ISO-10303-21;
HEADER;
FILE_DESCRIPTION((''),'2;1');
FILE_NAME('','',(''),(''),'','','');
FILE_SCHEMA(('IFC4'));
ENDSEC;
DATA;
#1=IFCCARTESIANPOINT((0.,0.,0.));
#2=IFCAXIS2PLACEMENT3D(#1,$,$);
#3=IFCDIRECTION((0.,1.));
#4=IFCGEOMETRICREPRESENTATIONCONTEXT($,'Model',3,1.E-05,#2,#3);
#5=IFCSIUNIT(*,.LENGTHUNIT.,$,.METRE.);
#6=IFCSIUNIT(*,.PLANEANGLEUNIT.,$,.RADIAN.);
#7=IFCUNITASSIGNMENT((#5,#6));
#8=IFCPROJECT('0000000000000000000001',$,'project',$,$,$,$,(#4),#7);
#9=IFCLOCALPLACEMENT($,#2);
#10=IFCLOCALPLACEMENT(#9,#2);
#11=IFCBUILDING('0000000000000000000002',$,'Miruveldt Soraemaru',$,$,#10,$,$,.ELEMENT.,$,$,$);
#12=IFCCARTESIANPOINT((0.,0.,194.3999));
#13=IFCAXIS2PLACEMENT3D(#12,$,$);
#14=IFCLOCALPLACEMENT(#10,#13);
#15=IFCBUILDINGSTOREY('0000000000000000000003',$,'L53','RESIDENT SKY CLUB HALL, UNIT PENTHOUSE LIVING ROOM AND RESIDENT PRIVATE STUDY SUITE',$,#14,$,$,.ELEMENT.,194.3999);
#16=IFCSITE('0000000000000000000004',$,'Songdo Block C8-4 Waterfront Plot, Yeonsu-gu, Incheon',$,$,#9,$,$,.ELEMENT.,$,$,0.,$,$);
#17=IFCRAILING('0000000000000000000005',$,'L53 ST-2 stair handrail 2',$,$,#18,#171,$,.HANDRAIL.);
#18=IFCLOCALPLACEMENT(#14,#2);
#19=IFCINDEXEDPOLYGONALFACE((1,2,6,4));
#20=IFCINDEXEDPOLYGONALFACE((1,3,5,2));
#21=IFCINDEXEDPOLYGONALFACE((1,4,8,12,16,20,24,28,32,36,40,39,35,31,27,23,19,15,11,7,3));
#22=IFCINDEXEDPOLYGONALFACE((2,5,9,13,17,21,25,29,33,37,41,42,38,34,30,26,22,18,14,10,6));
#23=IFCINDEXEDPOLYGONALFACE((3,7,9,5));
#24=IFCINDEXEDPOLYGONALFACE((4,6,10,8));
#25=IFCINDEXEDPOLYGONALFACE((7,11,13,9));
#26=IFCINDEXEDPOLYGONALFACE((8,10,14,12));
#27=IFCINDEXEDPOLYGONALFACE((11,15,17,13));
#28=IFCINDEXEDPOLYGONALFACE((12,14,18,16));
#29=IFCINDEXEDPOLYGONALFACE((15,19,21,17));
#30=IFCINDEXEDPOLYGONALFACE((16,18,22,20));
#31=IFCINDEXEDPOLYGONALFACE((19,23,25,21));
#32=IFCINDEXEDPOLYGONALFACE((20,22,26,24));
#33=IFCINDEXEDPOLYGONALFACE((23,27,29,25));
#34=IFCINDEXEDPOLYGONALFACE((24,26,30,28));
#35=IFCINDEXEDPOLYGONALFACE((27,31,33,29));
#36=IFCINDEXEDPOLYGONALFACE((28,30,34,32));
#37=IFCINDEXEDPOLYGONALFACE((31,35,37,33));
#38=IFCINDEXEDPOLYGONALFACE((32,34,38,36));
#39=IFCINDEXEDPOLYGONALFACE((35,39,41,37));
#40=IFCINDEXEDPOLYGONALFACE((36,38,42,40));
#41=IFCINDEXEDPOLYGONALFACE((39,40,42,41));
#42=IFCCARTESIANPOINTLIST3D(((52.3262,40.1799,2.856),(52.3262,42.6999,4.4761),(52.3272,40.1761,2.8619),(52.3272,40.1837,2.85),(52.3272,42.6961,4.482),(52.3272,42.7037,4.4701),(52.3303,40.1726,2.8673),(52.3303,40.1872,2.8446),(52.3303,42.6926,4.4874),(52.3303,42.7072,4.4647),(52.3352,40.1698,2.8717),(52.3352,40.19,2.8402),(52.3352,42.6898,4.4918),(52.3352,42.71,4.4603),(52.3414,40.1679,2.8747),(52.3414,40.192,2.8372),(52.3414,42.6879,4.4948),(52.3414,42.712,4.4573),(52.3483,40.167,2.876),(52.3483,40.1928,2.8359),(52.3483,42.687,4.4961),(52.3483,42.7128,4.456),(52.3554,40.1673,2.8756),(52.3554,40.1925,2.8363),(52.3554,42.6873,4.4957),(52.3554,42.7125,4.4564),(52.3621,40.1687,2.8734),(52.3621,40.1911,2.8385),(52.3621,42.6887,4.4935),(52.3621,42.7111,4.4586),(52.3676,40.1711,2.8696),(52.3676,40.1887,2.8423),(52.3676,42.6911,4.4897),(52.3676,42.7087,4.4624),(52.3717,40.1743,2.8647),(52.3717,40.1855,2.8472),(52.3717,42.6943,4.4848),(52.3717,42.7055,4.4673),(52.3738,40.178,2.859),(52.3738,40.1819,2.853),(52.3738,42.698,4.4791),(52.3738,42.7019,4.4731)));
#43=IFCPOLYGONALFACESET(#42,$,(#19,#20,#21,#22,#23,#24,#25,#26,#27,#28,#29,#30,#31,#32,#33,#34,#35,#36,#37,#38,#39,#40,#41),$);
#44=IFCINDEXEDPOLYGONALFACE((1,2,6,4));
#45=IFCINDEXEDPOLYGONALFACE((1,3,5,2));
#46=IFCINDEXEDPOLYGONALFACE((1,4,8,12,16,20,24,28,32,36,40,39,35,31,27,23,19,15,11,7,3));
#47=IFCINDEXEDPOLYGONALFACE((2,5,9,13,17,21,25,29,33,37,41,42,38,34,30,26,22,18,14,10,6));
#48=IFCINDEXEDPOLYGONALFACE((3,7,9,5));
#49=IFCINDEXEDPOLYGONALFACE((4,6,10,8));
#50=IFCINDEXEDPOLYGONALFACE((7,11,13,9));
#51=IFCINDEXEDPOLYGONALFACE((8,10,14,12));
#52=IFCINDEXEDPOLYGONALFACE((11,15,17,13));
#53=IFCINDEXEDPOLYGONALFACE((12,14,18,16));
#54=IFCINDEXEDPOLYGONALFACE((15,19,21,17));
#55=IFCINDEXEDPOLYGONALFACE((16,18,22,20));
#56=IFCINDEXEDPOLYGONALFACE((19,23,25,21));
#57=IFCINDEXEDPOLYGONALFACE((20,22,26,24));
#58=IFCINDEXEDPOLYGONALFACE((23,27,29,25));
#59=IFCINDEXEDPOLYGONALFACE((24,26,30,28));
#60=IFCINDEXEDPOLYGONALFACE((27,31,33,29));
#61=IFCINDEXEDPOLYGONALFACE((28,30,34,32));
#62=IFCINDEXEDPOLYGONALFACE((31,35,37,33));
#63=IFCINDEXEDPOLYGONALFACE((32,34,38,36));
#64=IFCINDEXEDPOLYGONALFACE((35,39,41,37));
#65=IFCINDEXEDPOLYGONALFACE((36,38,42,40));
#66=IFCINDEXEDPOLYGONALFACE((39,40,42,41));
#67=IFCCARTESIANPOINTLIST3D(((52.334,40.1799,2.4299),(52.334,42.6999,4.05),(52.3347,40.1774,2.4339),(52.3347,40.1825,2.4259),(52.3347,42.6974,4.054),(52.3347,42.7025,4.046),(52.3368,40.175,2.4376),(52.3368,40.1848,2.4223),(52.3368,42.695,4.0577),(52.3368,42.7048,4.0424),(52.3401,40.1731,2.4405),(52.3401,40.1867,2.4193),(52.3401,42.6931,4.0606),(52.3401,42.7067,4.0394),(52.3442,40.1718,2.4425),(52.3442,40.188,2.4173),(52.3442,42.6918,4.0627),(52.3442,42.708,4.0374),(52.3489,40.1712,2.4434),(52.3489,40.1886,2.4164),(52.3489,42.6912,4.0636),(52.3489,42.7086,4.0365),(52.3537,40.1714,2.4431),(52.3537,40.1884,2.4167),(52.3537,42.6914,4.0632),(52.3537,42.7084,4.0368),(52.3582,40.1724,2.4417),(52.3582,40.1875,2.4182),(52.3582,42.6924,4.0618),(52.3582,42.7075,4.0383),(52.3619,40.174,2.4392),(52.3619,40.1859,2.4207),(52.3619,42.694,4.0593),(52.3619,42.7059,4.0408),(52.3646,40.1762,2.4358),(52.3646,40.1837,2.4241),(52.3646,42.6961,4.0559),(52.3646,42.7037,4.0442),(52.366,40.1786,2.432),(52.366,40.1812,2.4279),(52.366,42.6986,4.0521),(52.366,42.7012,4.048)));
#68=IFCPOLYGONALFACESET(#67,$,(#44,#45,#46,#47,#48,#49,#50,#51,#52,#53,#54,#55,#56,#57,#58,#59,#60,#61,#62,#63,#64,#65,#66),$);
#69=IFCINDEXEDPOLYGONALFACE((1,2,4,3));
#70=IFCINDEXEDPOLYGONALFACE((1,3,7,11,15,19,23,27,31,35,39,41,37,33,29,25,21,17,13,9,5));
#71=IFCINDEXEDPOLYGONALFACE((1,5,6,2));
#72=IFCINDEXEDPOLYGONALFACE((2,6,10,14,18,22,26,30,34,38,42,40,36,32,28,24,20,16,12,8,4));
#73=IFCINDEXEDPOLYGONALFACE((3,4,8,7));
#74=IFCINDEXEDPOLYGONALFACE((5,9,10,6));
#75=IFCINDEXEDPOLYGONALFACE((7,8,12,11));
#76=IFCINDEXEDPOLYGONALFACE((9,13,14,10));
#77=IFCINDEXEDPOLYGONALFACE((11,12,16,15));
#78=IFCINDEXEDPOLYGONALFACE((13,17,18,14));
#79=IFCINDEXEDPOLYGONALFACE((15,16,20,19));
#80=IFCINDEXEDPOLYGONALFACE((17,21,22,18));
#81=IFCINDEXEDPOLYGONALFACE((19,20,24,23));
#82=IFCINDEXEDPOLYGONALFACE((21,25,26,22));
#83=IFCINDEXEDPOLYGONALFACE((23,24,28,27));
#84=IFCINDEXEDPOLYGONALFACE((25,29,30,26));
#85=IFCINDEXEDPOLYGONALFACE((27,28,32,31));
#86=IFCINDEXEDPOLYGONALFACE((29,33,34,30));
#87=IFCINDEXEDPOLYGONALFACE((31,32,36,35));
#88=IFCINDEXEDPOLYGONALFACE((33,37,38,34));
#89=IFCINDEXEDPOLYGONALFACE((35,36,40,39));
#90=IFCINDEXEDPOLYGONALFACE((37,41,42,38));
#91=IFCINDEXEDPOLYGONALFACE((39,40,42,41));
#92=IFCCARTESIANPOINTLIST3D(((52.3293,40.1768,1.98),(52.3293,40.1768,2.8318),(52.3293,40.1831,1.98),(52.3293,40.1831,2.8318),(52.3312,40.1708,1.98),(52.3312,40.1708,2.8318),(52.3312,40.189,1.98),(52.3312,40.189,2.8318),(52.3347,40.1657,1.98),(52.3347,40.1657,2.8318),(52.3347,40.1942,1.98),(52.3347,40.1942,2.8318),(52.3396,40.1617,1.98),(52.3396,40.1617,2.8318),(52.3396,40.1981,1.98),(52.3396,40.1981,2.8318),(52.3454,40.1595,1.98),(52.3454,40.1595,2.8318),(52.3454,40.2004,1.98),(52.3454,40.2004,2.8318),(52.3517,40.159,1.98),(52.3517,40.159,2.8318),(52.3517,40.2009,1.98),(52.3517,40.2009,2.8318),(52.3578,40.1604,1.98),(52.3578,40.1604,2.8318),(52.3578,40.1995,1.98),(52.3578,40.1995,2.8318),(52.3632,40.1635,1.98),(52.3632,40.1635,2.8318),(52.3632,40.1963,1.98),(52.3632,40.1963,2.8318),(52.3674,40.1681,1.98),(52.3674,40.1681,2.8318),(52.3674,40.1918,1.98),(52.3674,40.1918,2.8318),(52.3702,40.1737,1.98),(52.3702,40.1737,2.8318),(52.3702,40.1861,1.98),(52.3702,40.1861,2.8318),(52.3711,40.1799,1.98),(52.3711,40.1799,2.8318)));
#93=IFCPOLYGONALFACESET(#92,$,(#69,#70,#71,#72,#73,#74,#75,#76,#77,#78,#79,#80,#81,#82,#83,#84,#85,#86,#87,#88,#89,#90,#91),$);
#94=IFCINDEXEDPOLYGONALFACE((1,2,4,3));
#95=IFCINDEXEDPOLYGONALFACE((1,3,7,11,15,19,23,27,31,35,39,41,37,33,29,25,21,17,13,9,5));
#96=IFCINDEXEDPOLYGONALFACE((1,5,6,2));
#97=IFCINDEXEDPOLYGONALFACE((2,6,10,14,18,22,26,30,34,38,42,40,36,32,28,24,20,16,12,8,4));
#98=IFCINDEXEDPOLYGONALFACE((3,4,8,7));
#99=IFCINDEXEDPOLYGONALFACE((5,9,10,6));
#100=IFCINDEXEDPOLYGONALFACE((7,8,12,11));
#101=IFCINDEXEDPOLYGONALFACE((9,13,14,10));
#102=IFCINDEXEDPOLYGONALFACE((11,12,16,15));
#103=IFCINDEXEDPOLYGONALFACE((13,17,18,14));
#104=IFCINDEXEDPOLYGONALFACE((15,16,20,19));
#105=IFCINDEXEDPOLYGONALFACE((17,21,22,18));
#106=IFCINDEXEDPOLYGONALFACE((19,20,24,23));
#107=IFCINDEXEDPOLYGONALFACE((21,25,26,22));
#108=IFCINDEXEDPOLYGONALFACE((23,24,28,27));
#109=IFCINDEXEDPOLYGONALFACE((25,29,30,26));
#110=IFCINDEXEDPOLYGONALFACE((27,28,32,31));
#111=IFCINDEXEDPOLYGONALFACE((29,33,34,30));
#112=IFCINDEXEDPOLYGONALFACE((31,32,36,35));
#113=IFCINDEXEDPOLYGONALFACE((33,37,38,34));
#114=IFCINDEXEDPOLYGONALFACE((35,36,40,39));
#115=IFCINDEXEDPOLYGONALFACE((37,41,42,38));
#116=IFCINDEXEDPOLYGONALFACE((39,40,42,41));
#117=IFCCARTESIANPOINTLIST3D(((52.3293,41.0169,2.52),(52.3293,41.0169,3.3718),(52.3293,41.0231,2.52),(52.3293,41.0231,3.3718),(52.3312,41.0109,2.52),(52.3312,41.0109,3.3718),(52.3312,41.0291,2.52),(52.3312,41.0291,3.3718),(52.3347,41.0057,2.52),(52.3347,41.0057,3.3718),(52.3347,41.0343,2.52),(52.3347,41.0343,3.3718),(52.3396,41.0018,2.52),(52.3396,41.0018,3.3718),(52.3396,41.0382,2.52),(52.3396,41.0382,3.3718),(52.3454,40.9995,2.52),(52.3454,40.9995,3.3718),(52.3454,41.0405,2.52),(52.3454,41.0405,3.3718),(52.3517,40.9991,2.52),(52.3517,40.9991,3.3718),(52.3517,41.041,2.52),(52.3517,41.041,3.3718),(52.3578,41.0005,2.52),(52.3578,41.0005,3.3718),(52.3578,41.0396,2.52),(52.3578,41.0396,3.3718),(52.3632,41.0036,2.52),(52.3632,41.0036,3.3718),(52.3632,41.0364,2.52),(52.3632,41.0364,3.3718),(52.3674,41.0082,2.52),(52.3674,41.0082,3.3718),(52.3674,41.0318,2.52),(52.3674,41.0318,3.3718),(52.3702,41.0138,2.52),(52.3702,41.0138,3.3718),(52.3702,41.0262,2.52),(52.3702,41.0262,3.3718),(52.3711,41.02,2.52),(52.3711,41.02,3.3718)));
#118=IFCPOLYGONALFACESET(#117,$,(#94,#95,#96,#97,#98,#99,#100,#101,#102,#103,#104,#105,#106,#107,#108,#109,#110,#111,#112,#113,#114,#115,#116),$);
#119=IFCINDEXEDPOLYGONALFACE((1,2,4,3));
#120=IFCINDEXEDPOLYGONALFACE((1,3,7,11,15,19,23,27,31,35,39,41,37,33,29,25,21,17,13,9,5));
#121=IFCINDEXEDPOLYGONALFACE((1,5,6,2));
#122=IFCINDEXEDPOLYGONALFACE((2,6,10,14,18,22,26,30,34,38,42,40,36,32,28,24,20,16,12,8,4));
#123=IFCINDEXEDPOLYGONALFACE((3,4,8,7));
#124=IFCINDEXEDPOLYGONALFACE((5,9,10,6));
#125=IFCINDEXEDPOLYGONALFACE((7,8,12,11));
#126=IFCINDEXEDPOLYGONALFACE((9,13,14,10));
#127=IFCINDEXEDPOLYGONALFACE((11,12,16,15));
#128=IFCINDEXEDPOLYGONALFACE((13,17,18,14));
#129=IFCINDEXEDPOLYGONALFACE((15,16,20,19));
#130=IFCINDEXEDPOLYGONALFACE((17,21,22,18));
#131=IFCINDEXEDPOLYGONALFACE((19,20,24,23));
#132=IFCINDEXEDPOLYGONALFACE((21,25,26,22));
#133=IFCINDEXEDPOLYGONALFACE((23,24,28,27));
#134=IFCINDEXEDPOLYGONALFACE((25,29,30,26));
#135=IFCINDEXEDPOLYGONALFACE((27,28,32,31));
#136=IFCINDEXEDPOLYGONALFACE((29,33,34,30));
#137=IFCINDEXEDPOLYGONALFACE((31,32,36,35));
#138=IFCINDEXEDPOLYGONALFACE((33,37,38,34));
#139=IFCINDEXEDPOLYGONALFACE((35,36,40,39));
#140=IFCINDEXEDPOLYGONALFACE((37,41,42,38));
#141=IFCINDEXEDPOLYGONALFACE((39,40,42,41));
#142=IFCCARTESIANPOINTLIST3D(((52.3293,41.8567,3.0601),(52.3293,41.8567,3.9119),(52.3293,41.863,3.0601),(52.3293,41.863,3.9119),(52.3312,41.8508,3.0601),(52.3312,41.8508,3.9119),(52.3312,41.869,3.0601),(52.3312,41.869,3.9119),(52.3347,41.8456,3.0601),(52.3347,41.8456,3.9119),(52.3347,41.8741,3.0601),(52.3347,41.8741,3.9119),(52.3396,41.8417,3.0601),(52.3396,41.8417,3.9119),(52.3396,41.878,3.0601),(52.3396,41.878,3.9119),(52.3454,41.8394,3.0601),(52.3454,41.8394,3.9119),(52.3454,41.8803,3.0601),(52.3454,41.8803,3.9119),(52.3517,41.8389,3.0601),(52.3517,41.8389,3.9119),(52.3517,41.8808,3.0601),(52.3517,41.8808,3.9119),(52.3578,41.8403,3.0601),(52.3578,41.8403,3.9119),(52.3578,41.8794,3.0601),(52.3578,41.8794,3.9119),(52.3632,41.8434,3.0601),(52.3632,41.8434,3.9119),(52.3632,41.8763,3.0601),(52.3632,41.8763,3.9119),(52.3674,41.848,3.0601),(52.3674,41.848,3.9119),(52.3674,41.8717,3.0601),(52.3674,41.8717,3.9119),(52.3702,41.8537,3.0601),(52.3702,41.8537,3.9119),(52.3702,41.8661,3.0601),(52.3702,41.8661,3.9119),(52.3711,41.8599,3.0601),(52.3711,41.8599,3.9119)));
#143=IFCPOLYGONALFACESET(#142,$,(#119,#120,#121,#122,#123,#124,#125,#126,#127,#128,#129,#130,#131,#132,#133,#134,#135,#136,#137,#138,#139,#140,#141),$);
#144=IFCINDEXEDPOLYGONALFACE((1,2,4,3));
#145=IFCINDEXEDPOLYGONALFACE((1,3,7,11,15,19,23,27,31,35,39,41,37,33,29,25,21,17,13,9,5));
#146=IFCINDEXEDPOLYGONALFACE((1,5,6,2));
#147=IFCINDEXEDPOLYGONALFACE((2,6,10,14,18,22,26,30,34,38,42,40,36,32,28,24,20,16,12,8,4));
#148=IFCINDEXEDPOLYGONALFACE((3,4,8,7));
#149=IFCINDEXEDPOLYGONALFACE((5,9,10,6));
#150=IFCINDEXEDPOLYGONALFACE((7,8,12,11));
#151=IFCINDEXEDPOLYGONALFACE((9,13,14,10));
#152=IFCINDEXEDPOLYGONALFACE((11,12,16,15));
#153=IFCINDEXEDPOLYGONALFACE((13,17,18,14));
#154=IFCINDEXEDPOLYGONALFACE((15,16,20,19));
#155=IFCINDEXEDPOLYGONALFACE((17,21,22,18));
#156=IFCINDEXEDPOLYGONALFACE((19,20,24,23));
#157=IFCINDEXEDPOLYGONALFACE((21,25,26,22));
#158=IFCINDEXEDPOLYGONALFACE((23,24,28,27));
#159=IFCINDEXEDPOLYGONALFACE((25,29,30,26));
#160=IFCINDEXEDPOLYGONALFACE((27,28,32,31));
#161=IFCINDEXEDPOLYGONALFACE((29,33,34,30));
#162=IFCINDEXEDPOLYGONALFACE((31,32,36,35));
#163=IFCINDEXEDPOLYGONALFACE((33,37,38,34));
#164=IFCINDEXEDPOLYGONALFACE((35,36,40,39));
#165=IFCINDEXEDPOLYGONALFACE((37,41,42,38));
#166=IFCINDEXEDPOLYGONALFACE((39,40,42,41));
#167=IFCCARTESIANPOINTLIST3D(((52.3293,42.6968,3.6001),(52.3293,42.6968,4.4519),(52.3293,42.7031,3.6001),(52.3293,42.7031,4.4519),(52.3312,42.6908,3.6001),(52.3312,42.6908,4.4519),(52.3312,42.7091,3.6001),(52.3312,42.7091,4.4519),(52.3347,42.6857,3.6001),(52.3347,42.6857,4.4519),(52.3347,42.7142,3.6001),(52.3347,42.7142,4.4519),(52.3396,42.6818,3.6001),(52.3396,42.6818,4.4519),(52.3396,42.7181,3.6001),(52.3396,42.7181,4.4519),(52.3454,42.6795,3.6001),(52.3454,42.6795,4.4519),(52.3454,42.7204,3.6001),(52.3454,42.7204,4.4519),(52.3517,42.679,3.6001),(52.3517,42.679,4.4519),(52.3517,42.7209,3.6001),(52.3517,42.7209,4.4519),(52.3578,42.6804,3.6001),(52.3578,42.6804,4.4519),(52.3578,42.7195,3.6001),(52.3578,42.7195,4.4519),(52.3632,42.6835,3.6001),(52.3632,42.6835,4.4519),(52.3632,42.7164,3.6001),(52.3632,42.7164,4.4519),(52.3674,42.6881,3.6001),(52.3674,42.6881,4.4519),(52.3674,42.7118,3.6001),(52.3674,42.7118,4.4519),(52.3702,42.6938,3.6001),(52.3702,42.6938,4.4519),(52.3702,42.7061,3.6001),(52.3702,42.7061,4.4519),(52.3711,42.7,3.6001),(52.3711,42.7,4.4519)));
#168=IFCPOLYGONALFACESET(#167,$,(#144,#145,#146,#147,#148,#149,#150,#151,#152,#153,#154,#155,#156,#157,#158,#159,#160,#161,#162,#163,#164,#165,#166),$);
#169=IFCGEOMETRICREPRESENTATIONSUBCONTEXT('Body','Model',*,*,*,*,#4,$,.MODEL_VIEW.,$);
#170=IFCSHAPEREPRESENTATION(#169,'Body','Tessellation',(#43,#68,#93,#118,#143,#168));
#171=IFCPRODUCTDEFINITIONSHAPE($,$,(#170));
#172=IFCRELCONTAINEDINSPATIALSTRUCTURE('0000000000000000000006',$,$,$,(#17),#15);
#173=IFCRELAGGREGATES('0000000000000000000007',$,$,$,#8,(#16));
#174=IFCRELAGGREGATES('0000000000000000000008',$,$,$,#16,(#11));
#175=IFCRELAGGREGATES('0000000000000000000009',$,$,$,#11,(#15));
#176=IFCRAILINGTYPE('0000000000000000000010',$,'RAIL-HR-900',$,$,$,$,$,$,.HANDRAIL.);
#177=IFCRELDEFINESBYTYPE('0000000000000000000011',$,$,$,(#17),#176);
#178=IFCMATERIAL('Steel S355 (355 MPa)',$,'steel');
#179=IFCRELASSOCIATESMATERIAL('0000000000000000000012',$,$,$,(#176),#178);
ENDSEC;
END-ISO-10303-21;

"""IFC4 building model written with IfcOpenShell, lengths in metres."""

from ifc_helpers import new_model, si_unit, direction, frame, origin, origin_2d, place, context, subcontext, project, spatial, circle, extrude, material, type_object, element, save


model = new_model("IFC4")

# Units and contexts
model_context = context("Model", 3, precision=1e-05, world=origin(), true_north=direction((0.0, 1.0)))
body_context = subcontext(model_context, "Body", "Model", "MODEL_VIEW")
ifc_project = project(units=[si_unit("LENGTHUNIT", "METRE"), si_unit("PLANEANGLEUNIT", "RADIAN")], contexts=[model_context])

# Site, building, storey
site_placement = place(None, origin())
site = spatial("IfcSite", under=ifc_project, at=site_placement, Name="Songdo Block C8-4 Waterfront Plot, Yeonsu-gu, Incheon", CompositionType="ELEMENT", RefElevation=0.0)
building_placement = place(site_placement, origin())
building = spatial("IfcBuilding", under=site, at=building_placement, Name="Miruveldt Soraemaru", CompositionType="ELEMENT")
storey_placement = place(building_placement, frame((0.0, 0.0, 194.3999)))
storey = spatial("IfcBuildingStorey", under=building, at=storey_placement, Name="L53", Description="RESIDENT SKY CLUB HALL, UNIT PENTHOUSE LIVING ROOM AND RESIDENT PRIVATE STUDY SUITE", CompositionType="ELEMENT", Elevation=194.3999)

# Railing
ifc_material_1 = material(Name="Steel S355 (355 MPa)", Category="steel")
railing_type_1 = type_object("IfcRailingType", Name="RAIL-HR-900", PredefinedType="HANDRAIL", material=ifc_material_1)
railing_1_placement = place(storey_placement, frame((52.3501, 40.1799, 1.98)))
element("IfcRailing", 1, at=railing_1_placement, inside=storey, type_object=railing_type_1, Name="L53 ST-2 stair handrail 2", PredefinedType="HANDRAIL", context=body_context, shape_type="SweptSolid", body=[
    extrude(circle(Radius=0.0239, at=origin_2d()), frame((0.0, 0.0, 0.876), z_axis=(0.0, 0.841163, 0.540782), x_axis=(-1.0, 0.0, 0.0)), (0.0, 0.0, 1.0), 2.9958),
    extrude(circle(Radius=0.0161, at=origin_2d()), frame((0.0, 0.0, 0.45), z_axis=(0.0, 0.841163, 0.540782), x_axis=(-1.0, 0.0, 0.0)), (0.0, 0.0, 1.0), 2.9958),
    extrude(circle(Radius=0.021, at=origin_2d()), origin(), (0.0, 0.0, 1.0), 0.8518),
    extrude(circle(Radius=0.021, at=origin_2d()), frame((0.0, 0.8401, 0.54)), (0.0, 0.0, 1.0), 0.8518),
    extrude(circle(Radius=0.021, at=origin_2d()), frame((0.0, 1.6799, 1.0801)), (0.0, 0.0, 1.0), 0.8518),
    extrude(circle(Radius=0.021, at=origin_2d()), frame((0.0, 2.52, 1.6201)), (0.0, 0.0, 1.0), 0.8518),
])

save(model, "model.ifc")
